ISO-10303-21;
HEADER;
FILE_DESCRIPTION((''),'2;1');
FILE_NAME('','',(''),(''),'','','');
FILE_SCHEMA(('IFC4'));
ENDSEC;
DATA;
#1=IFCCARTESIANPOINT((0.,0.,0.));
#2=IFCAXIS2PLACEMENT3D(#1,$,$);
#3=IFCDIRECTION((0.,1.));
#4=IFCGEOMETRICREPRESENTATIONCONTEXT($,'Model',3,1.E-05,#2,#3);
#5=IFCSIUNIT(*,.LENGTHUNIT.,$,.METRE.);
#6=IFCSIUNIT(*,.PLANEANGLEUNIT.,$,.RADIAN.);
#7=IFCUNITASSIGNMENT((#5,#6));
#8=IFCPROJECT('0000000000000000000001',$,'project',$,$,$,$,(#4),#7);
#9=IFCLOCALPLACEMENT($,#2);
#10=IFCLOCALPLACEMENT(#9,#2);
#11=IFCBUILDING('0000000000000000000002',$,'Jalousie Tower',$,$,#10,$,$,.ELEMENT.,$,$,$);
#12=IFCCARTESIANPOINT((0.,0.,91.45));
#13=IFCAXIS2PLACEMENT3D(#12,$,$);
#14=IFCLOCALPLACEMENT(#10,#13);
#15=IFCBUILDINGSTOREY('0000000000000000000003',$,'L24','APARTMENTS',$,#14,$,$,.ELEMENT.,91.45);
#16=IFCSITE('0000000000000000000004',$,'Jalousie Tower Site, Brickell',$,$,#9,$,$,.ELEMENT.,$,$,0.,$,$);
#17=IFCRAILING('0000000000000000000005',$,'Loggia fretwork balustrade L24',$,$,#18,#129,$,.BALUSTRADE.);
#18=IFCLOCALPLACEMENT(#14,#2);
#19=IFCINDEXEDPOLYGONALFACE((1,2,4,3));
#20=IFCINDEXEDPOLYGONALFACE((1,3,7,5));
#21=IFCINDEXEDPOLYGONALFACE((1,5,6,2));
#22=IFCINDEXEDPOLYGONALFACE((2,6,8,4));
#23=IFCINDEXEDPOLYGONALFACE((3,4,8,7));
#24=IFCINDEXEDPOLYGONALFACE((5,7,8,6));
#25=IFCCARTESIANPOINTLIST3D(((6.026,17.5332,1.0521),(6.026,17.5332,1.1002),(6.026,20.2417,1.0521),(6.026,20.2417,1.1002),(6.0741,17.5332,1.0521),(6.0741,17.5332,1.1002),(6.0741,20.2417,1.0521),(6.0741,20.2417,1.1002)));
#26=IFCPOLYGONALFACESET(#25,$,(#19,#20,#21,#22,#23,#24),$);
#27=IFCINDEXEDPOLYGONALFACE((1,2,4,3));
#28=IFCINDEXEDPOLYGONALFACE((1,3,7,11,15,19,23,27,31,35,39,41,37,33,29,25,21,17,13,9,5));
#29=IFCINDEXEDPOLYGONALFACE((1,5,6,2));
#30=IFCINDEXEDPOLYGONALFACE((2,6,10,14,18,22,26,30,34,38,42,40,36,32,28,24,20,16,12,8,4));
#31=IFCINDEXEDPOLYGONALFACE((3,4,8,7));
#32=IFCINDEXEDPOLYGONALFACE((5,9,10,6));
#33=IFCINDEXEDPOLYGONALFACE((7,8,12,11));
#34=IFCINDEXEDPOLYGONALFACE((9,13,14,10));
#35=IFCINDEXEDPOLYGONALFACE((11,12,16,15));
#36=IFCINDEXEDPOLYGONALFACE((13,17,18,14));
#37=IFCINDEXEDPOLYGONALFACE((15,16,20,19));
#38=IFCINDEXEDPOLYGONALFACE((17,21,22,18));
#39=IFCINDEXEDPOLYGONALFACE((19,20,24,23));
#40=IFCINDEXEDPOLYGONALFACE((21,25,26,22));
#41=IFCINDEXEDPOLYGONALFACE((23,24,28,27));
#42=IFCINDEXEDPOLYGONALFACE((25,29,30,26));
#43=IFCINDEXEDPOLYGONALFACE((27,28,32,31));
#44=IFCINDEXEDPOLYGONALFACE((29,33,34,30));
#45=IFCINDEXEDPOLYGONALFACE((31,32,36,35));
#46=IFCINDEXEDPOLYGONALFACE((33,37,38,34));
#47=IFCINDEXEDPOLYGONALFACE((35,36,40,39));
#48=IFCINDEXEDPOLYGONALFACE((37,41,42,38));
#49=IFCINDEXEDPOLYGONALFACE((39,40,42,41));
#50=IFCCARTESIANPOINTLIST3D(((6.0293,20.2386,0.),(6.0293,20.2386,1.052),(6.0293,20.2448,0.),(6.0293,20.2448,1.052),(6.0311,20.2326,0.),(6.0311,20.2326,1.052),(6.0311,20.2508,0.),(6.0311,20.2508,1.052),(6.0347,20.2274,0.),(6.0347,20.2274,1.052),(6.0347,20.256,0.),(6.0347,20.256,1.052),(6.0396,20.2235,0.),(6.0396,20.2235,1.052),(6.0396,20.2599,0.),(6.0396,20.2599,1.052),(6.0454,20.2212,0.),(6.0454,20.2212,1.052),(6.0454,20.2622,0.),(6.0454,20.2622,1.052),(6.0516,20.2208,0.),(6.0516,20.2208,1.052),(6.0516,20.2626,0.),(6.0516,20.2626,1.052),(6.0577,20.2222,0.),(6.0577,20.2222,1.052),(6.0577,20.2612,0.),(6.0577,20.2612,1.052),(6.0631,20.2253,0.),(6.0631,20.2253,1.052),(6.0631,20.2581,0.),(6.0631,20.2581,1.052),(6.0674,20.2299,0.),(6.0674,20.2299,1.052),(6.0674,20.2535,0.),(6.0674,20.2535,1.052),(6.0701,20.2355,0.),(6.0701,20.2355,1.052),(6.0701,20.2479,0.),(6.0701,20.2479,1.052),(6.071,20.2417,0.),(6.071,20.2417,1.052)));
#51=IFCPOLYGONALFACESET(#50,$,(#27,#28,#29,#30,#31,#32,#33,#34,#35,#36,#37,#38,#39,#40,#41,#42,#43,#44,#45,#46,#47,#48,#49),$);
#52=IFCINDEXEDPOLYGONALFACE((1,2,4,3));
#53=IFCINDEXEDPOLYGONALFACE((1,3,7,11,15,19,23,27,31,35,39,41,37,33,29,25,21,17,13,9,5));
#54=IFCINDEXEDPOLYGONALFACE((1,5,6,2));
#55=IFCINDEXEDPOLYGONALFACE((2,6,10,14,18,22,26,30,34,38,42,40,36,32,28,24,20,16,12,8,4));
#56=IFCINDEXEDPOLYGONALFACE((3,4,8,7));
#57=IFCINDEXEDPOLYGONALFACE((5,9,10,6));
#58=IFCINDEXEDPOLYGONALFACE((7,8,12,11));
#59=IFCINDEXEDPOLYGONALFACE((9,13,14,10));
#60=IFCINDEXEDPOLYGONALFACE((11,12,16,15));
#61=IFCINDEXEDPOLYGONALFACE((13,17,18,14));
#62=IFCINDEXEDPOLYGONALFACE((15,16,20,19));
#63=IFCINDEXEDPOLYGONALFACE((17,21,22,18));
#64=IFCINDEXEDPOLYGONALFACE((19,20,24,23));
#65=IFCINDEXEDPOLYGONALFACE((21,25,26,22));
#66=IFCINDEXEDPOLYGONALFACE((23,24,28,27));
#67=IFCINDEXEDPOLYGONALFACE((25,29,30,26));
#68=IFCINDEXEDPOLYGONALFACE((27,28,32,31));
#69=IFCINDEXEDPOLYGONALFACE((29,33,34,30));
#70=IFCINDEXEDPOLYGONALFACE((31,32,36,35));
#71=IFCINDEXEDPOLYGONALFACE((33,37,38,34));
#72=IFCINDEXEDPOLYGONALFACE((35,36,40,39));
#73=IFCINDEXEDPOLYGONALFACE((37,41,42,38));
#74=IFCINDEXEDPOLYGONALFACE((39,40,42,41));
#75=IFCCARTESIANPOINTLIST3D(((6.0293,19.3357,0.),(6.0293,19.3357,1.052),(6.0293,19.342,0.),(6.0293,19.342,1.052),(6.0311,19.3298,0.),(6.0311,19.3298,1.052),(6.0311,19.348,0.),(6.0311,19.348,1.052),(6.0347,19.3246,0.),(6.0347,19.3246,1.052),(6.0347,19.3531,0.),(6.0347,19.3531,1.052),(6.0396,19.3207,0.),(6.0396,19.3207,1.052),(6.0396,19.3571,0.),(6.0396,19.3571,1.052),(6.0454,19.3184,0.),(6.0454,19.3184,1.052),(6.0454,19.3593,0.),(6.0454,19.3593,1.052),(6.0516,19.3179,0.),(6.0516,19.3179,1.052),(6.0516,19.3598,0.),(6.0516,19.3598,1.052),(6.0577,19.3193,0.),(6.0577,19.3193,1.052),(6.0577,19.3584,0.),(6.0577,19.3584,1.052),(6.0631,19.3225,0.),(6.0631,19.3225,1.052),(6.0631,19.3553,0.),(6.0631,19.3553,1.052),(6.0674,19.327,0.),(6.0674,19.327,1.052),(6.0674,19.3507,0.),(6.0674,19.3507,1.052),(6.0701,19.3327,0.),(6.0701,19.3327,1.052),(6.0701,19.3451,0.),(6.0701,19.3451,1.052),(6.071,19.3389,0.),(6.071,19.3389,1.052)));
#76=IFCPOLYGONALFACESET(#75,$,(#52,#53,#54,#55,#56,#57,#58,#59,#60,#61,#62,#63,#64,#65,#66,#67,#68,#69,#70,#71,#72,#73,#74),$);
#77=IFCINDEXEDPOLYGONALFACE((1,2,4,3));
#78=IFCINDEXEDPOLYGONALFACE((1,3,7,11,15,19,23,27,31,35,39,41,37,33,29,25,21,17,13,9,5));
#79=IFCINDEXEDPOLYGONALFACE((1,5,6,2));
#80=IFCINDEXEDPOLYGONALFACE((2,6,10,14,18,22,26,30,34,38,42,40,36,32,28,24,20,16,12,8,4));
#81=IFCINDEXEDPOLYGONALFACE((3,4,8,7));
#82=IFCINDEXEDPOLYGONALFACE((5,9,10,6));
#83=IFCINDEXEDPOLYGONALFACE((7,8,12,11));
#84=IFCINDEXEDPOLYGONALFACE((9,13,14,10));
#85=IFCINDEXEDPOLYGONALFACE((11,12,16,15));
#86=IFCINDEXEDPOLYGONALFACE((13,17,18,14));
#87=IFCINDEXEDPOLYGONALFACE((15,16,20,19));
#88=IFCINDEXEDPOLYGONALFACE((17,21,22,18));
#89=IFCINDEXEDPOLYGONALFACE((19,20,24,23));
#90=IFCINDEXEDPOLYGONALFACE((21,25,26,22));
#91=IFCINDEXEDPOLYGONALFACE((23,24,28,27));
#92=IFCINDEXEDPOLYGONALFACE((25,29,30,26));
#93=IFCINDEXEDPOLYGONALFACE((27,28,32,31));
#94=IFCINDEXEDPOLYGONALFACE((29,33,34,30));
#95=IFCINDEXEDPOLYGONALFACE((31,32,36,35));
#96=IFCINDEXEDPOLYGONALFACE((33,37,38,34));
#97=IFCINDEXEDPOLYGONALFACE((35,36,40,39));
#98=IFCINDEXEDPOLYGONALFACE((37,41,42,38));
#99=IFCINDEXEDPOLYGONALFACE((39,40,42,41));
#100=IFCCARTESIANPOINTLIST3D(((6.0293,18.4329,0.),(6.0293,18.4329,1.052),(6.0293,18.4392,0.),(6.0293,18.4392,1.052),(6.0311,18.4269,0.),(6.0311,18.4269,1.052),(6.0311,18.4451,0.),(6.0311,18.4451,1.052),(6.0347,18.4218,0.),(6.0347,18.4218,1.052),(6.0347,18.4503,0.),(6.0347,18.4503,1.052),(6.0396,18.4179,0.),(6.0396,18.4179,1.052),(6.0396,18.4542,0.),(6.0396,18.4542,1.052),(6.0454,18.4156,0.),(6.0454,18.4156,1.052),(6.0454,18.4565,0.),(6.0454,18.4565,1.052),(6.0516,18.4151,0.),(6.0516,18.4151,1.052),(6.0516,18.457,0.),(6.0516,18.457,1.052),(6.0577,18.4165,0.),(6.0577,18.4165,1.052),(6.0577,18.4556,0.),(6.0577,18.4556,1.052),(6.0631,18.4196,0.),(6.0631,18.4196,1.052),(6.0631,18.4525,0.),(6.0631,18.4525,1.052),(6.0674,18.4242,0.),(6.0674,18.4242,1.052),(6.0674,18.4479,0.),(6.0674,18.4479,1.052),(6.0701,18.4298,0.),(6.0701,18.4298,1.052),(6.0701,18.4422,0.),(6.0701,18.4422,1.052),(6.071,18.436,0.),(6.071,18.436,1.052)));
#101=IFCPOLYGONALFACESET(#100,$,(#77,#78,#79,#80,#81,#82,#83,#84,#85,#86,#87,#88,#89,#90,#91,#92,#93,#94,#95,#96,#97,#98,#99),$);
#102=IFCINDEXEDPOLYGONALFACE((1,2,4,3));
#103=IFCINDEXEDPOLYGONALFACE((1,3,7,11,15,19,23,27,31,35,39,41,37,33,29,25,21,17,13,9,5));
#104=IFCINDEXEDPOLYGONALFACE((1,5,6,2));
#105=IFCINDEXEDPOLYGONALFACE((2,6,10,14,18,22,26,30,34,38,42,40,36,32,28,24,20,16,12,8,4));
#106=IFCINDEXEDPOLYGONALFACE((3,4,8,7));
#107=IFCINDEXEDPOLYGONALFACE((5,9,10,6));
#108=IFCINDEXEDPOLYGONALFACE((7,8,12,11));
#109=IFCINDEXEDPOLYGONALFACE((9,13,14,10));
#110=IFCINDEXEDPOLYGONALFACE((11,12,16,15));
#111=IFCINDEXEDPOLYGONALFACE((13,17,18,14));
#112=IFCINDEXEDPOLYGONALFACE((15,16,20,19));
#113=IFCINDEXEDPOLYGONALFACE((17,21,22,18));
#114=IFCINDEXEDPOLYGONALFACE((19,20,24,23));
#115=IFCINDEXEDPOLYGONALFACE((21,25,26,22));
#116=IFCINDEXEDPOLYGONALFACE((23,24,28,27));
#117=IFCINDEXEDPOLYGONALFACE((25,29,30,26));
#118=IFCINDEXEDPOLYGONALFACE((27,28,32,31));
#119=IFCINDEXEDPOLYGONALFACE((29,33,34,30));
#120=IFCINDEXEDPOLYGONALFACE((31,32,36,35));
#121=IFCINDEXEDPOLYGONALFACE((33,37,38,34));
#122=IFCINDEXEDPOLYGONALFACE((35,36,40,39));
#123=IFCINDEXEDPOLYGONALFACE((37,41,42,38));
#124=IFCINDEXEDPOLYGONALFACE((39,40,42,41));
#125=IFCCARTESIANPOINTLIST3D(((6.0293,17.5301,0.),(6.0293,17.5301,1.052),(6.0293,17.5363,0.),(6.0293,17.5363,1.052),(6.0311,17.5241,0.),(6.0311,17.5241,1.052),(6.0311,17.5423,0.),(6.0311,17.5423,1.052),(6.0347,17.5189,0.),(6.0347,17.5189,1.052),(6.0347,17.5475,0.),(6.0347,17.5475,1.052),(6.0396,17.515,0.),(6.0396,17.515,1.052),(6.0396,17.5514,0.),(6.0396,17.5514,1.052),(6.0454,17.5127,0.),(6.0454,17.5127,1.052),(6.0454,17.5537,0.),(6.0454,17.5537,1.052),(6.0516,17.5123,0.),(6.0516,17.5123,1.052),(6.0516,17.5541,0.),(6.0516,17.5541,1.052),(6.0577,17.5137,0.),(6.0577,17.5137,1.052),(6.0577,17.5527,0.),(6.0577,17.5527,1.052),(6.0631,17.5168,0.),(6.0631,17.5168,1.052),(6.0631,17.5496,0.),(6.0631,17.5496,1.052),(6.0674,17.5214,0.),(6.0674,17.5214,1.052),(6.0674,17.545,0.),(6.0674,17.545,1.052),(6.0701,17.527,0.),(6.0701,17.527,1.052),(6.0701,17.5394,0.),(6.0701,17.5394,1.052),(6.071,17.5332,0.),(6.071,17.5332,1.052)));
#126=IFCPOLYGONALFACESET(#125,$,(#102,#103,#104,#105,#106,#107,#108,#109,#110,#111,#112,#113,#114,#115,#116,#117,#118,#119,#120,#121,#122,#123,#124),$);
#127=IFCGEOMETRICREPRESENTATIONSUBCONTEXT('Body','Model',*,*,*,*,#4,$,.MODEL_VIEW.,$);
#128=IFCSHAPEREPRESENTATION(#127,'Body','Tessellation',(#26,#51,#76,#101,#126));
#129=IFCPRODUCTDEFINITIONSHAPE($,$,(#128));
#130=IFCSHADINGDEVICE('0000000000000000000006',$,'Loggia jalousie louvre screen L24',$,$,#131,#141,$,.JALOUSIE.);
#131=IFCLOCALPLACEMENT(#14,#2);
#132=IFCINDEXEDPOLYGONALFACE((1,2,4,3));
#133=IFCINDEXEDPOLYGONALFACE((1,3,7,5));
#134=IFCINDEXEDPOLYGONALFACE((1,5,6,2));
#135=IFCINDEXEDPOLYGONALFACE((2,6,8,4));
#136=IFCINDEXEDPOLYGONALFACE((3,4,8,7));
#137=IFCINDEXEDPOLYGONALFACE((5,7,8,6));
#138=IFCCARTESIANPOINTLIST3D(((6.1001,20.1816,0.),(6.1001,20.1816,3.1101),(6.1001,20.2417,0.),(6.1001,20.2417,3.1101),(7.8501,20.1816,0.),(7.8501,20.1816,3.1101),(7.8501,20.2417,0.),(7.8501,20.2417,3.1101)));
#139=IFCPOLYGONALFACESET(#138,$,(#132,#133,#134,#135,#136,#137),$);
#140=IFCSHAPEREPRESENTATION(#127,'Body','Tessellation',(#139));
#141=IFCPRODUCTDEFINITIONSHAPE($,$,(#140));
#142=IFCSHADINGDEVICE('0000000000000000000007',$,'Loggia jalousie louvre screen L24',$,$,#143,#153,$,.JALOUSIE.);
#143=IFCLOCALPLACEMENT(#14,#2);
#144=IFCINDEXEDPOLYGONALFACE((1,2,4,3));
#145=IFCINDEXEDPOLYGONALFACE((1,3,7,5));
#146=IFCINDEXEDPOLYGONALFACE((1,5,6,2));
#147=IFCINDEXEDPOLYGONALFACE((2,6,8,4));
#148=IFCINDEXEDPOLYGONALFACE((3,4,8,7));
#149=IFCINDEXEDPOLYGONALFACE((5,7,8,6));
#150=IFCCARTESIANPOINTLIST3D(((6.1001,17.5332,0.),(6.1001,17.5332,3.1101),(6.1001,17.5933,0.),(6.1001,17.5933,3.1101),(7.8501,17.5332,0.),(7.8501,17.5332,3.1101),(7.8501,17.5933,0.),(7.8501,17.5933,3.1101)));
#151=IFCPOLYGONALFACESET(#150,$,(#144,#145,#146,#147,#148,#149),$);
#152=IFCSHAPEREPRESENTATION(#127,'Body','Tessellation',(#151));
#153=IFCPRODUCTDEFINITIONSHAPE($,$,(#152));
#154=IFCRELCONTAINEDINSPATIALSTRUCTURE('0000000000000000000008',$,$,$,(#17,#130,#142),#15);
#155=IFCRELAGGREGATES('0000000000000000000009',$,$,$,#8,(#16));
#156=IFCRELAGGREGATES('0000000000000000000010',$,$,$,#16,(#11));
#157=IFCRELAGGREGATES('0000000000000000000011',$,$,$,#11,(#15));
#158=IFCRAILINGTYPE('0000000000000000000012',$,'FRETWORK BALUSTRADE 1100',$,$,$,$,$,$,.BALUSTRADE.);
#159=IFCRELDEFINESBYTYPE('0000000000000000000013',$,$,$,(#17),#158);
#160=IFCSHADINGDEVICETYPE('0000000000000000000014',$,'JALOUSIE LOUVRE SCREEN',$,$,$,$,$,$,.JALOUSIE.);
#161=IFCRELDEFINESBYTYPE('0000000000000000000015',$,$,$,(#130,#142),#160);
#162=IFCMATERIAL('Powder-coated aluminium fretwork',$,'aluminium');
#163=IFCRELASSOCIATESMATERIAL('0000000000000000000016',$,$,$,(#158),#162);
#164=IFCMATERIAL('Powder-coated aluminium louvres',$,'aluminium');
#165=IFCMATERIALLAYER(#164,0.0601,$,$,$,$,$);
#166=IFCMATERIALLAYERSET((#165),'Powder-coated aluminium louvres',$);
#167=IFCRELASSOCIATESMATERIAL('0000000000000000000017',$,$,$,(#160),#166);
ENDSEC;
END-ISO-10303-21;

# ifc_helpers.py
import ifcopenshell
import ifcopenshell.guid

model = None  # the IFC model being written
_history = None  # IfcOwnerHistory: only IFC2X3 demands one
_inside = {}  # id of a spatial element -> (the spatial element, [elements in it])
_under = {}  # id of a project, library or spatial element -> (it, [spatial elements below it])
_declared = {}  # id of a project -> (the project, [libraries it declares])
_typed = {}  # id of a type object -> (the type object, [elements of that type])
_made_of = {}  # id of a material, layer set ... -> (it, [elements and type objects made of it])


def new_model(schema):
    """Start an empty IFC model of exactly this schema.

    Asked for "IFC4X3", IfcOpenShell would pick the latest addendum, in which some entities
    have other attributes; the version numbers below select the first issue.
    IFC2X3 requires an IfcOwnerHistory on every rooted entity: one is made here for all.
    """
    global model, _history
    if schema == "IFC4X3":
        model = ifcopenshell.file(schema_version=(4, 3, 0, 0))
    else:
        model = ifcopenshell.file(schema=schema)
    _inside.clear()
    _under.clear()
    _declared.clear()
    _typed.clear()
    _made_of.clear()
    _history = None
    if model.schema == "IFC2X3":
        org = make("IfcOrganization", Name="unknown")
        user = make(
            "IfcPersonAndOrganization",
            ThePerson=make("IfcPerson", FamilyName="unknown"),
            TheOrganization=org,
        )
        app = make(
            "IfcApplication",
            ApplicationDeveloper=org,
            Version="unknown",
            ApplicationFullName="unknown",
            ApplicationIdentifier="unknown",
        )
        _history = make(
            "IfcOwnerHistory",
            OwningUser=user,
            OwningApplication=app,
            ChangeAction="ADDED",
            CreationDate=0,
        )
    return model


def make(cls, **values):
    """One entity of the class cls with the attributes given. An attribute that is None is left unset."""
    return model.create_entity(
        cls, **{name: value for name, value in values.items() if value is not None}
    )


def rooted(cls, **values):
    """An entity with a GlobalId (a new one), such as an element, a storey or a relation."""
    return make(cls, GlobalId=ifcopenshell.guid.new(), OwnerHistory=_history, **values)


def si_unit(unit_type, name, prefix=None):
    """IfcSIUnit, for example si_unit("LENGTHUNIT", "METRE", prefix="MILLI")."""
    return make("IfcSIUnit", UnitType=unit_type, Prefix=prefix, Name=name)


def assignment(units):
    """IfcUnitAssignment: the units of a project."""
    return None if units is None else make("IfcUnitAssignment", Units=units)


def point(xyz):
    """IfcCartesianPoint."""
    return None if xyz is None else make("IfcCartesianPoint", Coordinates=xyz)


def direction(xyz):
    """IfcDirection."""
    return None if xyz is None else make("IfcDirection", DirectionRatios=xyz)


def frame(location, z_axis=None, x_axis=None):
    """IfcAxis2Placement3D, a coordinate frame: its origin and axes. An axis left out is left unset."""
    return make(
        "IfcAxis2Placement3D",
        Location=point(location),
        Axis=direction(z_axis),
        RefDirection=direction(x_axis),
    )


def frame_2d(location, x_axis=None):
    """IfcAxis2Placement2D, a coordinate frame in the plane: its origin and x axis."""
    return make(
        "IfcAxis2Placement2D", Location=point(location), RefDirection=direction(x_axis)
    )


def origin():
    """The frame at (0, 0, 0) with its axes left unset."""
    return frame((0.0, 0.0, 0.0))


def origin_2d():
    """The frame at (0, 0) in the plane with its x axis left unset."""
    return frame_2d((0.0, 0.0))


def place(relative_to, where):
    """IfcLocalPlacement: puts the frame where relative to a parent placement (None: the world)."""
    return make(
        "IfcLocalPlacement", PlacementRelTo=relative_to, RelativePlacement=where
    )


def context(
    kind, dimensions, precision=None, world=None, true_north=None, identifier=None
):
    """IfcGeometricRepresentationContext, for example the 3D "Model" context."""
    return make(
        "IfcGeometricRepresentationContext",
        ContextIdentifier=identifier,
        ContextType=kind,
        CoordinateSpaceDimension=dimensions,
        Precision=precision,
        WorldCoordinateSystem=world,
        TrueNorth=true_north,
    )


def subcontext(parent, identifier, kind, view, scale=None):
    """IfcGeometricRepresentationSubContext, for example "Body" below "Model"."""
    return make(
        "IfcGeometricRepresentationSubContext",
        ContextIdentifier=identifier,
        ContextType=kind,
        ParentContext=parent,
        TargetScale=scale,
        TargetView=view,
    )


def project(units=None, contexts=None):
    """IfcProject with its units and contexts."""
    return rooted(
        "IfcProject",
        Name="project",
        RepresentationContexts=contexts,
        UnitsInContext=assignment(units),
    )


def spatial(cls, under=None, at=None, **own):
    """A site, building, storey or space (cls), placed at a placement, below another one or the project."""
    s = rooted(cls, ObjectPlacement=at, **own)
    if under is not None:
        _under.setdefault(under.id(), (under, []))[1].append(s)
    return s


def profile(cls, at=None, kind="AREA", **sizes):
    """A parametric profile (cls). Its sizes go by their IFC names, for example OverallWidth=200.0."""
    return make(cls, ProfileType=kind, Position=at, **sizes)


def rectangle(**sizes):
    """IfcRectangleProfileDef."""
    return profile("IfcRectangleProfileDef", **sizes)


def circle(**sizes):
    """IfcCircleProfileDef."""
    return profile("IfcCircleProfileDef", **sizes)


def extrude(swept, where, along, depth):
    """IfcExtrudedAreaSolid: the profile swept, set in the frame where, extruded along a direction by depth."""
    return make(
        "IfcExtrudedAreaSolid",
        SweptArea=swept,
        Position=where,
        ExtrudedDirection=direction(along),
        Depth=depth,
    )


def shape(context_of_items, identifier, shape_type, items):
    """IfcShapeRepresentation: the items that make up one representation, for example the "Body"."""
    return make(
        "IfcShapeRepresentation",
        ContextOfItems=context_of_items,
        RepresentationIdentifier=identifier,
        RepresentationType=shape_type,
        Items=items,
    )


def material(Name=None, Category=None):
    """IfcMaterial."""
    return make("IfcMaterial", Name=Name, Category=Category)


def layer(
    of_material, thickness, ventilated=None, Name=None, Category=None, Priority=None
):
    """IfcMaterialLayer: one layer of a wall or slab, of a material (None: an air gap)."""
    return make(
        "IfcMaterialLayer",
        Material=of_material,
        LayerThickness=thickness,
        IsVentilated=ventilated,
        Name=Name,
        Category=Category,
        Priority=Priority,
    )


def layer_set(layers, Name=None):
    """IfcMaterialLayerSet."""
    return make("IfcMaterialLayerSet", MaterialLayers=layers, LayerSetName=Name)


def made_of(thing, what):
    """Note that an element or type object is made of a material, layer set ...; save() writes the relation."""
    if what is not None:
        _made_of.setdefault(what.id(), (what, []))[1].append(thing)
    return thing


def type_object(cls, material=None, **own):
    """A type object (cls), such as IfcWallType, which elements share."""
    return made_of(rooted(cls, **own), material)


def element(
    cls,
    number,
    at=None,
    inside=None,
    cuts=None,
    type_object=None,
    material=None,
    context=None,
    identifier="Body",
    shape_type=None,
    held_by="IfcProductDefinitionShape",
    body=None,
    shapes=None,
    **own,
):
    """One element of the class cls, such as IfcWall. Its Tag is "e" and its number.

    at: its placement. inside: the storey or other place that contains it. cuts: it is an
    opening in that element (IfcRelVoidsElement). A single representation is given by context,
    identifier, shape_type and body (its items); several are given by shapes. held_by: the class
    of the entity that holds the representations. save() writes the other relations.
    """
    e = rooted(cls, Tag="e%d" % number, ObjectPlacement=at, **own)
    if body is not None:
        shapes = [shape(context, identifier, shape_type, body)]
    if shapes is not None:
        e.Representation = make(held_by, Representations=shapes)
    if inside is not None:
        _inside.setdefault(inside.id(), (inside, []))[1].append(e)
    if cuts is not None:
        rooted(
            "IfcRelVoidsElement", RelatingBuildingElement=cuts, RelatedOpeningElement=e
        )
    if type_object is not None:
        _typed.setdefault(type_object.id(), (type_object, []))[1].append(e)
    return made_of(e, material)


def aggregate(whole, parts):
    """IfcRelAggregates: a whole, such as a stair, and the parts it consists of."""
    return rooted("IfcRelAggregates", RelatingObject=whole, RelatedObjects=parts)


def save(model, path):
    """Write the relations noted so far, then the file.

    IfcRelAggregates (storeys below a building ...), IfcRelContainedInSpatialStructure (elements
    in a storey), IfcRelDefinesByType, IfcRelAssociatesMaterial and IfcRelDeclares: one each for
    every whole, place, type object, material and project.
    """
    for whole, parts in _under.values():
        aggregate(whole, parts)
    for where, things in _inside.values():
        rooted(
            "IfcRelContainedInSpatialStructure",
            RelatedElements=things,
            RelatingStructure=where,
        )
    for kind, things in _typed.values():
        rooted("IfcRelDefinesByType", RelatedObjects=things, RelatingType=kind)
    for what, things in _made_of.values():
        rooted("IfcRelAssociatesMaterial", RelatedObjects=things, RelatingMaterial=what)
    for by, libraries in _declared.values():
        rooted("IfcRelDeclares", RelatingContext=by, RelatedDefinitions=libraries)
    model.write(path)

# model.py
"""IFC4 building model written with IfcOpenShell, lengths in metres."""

from ifc_helpers import new_model, si_unit, direction, frame, origin, origin_2d, place, context, subcontext, project, spatial, rectangle, circle, extrude, material, layer, layer_set, type_object, element, save


model = new_model("IFC4")

# Units and contexts
model_context = context("Model", 3, precision=1e-05, world=origin(), true_north=direction((0.0, 1.0)))
body_context = subcontext(model_context, "Body", "Model", "MODEL_VIEW")
ifc_project = project(units=[si_unit("LENGTHUNIT", "METRE"), si_unit("PLANEANGLEUNIT", "RADIAN")], contexts=[model_context])

# Site, building, storey
site_placement = place(None, origin())
site = spatial("IfcSite", under=ifc_project, at=site_placement, Name="Jalousie Tower Site, Brickell", CompositionType="ELEMENT", RefElevation=0.0)
building_placement = place(site_placement, origin())
building = spatial("IfcBuilding", under=site, at=building_placement, Name="Jalousie Tower", CompositionType="ELEMENT")
storey_placement = place(building_placement, frame((0.0, 0.0, 91.45)))
storey = spatial("IfcBuildingStorey", under=building, at=storey_placement, Name="L24", Description="APARTMENTS", CompositionType="ELEMENT", Elevation=91.45)

# Railing
ifc_material_1 = material(Name="Powder-coated aluminium fretwork", Category="aluminium")
railing_type = type_object("IfcRailingType", Name="FRETWORK BALUSTRADE 1100", PredefinedType="BALUSTRADE", material=ifc_material_1)
railing_placement = place(storey_placement, frame((6.05, 20.2417, 0.0)))
element("IfcRailing", 1, at=railing_placement, inside=storey, type_object=railing_type, Name="Loggia fretwork balustrade L24", PredefinedType="BALUSTRADE", context=body_context, shape_type="SweptSolid", body=[
    extrude(rectangle(XDim=0.0481, YDim=0.0481, at=origin_2d()), frame((0.0, 0.0, 1.0762), z_axis=(0.0, -1.0, 0.0), x_axis=(1.0, 0.0, 0.0)), (0.0, 0.0, 1.0), 2.7085),
    extrude(circle(Radius=0.021, at=origin_2d()), origin(), (0.0, 0.0, 1.0), 1.052),
    extrude(circle(Radius=0.021, at=origin_2d()), frame((0.0, -0.9028, 0.0)), (0.0, 0.0, 1.0), 1.052),
    extrude(circle(Radius=0.021, at=origin_2d()), frame((0.0, -1.8057, 0.0)), (0.0, 0.0, 1.0), 1.052),
    extrude(circle(Radius=0.021, at=origin_2d()), frame((0.0, -2.7085, 0.0)), (0.0, 0.0, 1.0), 1.052),
])

# Shading devices
ifc_material_2 = material(Name="Powder-coated aluminium louvres", Category="aluminium")
ifc_layer_1 = layer(ifc_material_2, 0.0601)
ifc_layer_set_1 = layer_set([ifc_layer_1], Name="Powder-coated aluminium louvres")
shading_device_type_1 = type_object("IfcShadingDeviceType", Name="JALOUSIE LOUVRE SCREEN", PredefinedType="JALOUSIE", material=ifc_layer_set_1)
for number, where, z_axis, x_axis, name in (
    (2, (6.9751, 20.2117, 0.0), (0.0, 0.0, 1.0), (0.0, -1.0, 0.0), "Loggia jalousie louvre screen L24"),
    (3, (6.9751, 17.5632, 0.0), (0.0, 0.0, 1.0), (0.0, -1.0, 0.0), "Loggia jalousie louvre screen L24"),
):
    element("IfcShadingDevice", number, at=place(storey_placement, frame(where, z_axis=z_axis, x_axis=x_axis)), inside=storey, type_object=shading_device_type_1, Name=name, PredefinedType="JALOUSIE", context=body_context, shape_type="SweptSolid", body=[
        extrude(rectangle(XDim=0.0601, YDim=1.75, at=origin_2d()), origin(), (0.0, 0.0, 1.0), 3.1101),
    ])

save(model, "model.ifc")
